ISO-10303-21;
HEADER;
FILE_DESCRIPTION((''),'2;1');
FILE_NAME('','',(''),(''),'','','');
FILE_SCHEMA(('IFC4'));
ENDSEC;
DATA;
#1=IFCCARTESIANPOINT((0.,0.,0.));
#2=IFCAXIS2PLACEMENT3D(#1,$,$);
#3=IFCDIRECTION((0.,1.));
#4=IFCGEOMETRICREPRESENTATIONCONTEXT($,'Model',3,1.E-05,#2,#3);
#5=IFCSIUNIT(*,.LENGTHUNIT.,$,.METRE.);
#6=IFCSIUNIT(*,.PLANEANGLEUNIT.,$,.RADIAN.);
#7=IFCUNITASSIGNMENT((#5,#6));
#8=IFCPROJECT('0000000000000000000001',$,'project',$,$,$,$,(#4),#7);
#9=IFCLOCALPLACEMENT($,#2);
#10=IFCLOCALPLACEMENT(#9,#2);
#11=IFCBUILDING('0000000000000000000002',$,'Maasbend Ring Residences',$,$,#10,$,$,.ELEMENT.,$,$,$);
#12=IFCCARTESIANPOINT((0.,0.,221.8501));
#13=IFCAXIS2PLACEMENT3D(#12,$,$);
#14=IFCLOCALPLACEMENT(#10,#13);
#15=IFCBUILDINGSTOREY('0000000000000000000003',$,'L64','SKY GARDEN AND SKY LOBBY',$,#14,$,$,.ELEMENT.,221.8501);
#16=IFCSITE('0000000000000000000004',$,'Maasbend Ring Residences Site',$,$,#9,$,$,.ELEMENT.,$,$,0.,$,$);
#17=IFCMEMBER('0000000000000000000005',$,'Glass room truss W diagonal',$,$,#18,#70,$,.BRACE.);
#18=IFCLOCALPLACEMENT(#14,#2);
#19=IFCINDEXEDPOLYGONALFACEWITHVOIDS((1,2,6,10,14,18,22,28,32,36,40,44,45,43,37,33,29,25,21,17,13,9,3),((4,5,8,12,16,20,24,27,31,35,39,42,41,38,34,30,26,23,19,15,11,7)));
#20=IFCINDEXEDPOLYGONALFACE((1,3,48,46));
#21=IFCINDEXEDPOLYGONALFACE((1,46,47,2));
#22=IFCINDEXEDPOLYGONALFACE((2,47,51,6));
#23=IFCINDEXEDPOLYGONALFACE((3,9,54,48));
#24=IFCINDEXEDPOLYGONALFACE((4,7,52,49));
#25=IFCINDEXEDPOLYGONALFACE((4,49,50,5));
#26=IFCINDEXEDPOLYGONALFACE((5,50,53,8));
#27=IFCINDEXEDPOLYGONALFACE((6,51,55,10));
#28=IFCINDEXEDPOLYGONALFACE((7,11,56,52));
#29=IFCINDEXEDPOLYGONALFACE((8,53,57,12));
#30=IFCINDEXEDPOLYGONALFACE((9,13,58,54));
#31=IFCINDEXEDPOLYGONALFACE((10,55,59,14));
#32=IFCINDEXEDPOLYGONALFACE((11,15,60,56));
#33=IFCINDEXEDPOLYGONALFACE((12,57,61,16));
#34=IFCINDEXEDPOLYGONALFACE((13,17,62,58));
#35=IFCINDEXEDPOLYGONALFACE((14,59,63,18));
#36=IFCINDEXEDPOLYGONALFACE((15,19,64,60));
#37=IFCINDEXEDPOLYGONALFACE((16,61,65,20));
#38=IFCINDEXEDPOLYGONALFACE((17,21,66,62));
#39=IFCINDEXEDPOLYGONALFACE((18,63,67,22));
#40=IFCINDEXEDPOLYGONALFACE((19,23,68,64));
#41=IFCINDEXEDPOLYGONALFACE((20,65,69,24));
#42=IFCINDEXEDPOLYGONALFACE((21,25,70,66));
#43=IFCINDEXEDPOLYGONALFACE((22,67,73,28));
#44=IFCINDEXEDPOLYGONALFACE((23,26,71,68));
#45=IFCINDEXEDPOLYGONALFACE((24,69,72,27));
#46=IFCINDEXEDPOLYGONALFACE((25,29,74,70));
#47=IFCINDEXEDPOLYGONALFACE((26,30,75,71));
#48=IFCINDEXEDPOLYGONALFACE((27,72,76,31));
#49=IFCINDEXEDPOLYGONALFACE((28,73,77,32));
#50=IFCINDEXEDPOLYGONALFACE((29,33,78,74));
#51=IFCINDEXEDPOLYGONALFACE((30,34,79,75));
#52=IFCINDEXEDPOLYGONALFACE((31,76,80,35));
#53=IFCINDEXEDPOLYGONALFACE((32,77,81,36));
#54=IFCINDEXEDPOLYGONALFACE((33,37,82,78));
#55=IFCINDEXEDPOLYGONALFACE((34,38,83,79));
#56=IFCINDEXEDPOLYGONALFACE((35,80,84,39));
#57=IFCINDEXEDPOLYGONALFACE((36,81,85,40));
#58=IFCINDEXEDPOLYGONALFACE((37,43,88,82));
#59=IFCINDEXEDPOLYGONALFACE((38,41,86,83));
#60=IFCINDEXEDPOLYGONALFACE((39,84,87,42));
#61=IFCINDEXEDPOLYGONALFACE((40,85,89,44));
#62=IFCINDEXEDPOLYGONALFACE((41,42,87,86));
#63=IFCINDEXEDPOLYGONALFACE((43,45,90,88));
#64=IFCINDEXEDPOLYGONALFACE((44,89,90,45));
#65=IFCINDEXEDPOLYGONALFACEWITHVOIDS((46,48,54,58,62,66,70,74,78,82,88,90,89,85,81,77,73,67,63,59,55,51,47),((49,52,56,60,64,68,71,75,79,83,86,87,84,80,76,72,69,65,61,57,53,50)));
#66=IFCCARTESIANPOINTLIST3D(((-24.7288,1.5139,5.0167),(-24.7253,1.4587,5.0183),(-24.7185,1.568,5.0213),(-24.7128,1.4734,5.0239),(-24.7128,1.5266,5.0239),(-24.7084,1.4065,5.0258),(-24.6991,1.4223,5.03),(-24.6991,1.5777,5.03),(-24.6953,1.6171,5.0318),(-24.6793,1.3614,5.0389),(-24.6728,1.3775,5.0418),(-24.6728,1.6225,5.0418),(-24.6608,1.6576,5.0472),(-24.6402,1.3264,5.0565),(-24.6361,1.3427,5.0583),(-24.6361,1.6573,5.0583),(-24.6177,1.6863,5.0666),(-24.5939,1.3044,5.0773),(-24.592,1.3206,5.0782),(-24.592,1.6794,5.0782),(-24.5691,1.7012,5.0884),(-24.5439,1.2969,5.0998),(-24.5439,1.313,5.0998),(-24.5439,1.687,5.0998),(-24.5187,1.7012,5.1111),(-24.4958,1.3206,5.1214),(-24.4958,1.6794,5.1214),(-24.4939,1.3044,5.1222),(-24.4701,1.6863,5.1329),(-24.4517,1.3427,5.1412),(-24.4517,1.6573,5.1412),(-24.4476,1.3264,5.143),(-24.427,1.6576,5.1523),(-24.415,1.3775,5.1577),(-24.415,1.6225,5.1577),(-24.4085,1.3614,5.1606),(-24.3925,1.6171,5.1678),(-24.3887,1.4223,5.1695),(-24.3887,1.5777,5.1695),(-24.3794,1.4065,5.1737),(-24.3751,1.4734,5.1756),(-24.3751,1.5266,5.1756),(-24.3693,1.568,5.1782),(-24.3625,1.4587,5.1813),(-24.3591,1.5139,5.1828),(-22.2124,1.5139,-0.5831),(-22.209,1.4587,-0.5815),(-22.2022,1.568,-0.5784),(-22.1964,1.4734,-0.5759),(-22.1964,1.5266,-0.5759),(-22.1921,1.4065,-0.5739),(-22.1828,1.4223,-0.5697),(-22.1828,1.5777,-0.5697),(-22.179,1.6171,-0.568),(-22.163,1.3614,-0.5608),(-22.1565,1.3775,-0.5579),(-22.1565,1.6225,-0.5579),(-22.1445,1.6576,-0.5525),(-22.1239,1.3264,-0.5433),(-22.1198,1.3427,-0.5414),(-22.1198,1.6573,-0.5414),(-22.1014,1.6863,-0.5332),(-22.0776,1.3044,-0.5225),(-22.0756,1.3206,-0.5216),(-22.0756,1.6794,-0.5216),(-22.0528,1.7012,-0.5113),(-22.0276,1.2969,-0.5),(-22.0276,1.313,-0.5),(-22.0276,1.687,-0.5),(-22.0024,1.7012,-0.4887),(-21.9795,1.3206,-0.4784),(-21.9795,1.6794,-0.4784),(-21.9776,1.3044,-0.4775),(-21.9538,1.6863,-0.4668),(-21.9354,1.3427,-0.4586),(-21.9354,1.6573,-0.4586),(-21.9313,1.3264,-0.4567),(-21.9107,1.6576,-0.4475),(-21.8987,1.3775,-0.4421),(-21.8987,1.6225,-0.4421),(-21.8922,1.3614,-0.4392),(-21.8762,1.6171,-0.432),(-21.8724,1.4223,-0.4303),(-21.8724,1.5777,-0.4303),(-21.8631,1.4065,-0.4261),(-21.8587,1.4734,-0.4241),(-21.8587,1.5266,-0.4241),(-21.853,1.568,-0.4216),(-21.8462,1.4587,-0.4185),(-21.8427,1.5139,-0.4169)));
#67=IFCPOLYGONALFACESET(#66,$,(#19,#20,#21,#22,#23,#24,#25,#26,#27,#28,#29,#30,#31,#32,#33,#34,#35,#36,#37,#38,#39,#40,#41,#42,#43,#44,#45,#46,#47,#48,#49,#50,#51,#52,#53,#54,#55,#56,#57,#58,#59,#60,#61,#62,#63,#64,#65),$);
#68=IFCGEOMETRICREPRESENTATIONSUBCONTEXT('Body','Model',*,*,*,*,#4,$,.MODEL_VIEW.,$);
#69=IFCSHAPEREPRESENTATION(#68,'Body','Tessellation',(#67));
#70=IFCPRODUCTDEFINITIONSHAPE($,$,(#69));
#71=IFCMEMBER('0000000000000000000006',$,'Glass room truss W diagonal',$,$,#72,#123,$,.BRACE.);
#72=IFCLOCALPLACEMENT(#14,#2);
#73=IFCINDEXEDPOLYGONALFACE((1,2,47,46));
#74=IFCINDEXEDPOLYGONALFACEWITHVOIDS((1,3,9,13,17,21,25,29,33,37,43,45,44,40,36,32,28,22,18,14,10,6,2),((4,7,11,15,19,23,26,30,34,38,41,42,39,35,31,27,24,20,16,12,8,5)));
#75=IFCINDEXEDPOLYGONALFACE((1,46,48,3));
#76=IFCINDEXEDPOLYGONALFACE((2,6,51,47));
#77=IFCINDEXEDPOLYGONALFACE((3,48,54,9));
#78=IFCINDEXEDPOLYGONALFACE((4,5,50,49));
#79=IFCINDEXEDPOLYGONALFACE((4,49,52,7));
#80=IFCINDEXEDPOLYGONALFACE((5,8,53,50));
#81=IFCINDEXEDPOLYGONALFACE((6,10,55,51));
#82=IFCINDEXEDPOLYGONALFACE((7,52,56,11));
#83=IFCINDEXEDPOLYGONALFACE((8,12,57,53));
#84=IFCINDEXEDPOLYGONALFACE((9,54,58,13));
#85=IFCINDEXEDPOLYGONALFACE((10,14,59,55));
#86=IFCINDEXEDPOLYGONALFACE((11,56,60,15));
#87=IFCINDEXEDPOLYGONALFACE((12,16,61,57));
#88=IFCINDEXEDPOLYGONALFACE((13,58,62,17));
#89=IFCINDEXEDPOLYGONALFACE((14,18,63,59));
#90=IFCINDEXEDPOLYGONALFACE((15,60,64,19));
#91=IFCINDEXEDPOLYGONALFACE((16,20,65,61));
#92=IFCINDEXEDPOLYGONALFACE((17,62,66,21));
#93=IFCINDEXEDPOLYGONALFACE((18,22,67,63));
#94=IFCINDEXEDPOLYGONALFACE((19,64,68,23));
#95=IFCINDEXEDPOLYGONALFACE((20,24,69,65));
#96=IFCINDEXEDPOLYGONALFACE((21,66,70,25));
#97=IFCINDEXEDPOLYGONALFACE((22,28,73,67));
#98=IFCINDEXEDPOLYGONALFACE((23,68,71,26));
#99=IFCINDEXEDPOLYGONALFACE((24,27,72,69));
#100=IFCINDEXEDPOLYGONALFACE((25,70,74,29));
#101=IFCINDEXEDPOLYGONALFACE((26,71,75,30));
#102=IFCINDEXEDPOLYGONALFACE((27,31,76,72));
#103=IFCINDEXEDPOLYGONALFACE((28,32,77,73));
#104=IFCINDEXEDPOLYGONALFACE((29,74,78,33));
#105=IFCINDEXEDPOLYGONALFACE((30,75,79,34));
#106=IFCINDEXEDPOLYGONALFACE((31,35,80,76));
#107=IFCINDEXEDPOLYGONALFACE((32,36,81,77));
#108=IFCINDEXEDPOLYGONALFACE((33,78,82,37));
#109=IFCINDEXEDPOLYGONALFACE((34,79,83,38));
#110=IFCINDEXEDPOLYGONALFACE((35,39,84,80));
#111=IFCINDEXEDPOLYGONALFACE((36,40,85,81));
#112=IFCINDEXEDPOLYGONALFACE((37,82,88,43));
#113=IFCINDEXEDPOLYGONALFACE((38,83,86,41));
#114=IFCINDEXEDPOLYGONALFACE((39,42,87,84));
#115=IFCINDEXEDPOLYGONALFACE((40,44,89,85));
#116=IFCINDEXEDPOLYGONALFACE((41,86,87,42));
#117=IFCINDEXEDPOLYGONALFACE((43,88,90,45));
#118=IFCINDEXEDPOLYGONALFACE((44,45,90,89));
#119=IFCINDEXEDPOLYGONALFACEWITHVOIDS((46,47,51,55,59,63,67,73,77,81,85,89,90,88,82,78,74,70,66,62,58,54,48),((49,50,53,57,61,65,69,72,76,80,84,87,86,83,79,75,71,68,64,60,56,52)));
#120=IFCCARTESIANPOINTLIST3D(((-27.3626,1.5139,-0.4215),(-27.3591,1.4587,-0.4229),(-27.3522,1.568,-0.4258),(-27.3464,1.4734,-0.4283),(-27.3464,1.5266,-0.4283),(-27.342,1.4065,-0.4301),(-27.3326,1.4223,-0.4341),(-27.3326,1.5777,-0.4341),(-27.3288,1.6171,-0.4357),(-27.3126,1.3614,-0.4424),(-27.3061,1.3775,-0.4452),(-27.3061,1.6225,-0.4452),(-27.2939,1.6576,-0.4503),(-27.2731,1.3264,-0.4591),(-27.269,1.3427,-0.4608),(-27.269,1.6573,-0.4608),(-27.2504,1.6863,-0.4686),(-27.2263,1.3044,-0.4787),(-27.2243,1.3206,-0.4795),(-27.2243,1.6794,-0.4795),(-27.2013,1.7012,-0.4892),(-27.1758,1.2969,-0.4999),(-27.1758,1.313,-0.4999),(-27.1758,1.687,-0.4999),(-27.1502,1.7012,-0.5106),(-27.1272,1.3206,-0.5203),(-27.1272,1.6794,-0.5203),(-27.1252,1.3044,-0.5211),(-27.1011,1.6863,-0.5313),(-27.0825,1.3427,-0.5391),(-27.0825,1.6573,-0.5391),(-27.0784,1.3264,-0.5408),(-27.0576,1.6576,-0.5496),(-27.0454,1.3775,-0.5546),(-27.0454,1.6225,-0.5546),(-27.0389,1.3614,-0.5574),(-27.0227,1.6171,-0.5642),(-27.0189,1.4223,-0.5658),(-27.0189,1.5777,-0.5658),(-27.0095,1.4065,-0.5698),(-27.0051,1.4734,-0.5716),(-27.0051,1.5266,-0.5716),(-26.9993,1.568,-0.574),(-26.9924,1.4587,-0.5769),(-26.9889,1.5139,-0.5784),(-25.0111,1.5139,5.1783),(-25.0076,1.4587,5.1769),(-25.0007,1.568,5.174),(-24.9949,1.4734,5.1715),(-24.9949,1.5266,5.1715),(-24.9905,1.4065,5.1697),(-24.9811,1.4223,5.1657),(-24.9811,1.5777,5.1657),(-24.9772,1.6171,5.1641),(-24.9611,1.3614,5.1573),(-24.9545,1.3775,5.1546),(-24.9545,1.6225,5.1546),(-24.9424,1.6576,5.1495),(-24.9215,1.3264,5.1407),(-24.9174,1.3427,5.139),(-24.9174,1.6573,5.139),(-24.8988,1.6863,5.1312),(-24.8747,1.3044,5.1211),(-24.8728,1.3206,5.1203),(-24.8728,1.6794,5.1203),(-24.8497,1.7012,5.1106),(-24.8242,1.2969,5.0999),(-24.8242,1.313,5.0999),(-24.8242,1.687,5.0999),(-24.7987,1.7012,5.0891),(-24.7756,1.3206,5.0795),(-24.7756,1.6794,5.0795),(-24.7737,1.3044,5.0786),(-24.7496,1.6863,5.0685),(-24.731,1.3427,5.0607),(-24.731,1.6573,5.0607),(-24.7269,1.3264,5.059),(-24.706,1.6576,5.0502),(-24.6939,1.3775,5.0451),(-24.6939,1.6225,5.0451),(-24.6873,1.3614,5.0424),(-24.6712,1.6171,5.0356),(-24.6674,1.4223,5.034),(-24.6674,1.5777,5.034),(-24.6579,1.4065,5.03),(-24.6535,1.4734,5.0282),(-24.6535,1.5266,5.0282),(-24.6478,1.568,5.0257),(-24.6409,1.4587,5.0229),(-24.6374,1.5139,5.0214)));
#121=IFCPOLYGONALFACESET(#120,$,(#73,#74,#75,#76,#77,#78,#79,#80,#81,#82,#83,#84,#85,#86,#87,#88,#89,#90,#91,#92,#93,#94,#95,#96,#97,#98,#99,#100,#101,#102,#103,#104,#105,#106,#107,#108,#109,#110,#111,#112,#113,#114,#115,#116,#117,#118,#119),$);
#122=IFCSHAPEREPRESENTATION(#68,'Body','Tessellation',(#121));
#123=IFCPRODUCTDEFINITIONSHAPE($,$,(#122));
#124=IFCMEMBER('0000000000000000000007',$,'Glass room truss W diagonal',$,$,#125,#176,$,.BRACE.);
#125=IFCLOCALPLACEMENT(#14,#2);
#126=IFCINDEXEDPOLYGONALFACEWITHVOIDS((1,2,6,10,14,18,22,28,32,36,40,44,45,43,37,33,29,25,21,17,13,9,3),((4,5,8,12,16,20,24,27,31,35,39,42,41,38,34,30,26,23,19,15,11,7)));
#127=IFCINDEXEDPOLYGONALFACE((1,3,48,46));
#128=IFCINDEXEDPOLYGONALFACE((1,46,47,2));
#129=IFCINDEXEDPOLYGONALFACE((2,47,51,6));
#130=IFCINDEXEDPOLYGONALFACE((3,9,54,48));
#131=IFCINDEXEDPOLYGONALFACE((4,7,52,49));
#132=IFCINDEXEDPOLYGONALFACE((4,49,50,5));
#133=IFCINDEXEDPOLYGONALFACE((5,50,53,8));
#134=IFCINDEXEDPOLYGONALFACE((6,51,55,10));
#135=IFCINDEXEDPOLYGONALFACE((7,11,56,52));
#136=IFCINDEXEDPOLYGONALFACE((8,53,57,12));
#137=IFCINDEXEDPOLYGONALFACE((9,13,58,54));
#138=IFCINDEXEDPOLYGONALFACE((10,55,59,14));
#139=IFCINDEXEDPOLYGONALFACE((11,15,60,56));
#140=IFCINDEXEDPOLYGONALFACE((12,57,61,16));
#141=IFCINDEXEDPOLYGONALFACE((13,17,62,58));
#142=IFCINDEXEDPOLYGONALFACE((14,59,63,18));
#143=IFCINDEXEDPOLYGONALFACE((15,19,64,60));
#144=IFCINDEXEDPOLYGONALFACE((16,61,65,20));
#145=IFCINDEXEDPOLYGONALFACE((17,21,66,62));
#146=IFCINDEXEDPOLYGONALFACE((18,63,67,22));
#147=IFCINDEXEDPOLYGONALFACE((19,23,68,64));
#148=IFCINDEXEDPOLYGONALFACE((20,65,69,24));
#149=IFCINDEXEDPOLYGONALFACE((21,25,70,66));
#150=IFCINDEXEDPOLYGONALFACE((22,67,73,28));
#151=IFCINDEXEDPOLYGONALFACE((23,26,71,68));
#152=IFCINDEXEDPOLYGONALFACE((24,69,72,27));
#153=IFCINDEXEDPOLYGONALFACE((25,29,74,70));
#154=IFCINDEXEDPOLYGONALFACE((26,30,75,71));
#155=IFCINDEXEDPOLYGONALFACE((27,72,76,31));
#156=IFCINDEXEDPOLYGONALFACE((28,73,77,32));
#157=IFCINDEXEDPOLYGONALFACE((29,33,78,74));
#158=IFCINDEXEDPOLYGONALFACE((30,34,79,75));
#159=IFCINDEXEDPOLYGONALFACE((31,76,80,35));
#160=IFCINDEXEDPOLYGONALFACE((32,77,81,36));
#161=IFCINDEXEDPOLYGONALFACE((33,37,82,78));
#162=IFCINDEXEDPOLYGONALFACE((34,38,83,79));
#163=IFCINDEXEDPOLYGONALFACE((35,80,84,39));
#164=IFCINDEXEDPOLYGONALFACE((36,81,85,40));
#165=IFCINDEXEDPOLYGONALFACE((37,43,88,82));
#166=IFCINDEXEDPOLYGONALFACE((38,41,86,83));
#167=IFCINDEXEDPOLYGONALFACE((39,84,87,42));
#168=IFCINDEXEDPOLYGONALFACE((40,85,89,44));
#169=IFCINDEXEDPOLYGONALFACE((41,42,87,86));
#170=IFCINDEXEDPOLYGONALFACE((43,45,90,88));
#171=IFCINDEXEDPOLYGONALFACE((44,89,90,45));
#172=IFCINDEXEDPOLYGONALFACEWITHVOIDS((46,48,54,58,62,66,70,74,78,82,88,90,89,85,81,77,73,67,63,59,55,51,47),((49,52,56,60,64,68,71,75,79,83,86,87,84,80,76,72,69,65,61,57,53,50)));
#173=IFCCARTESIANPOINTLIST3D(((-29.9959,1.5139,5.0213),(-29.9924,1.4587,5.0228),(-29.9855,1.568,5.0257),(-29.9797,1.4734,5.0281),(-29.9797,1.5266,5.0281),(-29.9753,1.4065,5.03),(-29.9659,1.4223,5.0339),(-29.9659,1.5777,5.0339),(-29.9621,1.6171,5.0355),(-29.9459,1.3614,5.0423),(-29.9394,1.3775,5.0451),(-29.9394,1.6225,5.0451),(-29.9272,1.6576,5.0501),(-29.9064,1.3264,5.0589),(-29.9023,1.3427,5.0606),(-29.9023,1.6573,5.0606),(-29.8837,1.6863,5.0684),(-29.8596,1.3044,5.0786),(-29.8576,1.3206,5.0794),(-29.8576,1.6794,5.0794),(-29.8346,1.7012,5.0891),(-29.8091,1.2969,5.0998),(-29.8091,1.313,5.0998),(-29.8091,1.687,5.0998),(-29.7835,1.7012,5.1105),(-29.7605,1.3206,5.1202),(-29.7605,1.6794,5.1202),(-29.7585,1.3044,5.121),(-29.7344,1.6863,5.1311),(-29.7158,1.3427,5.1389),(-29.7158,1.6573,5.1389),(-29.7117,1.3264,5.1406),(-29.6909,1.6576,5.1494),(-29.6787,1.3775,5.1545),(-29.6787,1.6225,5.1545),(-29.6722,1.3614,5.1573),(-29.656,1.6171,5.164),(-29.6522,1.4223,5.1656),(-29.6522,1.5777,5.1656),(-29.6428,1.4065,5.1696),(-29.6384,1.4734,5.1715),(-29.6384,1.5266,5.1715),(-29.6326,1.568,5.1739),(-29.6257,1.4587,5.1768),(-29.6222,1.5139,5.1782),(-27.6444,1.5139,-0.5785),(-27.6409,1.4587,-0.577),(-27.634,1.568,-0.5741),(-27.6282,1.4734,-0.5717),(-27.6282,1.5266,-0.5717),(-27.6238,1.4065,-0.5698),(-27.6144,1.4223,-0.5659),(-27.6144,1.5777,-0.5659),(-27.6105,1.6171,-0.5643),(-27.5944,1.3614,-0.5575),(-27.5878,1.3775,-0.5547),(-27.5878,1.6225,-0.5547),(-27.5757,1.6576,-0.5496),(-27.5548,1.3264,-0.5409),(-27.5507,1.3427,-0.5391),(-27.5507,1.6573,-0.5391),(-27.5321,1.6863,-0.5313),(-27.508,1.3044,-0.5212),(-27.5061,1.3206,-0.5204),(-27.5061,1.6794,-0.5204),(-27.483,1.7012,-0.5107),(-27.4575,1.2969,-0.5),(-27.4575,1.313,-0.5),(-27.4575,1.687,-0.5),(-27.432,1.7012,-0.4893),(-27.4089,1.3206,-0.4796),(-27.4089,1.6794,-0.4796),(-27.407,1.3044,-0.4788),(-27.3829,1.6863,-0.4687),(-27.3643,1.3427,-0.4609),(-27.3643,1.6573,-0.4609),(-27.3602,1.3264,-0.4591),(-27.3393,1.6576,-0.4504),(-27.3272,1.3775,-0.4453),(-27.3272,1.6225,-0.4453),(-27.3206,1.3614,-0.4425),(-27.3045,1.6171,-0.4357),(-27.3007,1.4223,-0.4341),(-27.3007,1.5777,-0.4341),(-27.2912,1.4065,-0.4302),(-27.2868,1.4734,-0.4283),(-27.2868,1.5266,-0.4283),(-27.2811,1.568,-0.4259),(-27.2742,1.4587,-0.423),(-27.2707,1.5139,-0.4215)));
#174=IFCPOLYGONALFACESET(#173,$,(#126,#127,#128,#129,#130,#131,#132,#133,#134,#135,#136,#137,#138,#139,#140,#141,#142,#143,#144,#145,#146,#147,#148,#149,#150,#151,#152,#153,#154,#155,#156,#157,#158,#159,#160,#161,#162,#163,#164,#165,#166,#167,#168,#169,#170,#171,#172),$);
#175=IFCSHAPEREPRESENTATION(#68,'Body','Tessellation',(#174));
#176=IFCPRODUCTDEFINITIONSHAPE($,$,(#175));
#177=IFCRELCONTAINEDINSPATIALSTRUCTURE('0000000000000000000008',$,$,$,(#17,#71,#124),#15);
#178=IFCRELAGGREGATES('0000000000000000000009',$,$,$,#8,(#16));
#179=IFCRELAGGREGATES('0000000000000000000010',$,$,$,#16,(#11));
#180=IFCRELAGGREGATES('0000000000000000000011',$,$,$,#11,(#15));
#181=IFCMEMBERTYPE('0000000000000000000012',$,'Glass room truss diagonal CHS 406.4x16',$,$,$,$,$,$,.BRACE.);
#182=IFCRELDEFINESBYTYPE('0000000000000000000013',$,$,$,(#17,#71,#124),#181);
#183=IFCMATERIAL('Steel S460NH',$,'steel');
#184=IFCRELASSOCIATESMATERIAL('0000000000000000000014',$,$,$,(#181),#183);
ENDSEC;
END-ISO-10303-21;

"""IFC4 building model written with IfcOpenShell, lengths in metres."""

from ifc_helpers import new_model, si_unit, direction, frame, origin, origin_2d, place, context, subcontext, project, spatial, hollow_circle, extrude, material, material_profile, profile_set, type_object, element, save


model = new_model("IFC4")

# Units and contexts
model_context = context("Model", 3, precision=1e-05, world=origin(), true_north=direction((0.0, 1.0)))
body_context = subcontext(model_context, "Body", "Model", "MODEL_VIEW")
ifc_project = project(units=[si_unit("LENGTHUNIT", "METRE"), si_unit("PLANEANGLEUNIT", "RADIAN")], contexts=[model_context])

# Site, building, storey
site_placement = place(None, origin())
site = spatial("IfcSite", under=ifc_project, at=site_placement, Name="Maasbend Ring Residences Site", CompositionType="ELEMENT", RefElevation=0.0)
building_placement = place(site_placement, origin())
building = spatial("IfcBuilding", under=site, at=building_placement, Name="Maasbend Ring Residences", CompositionType="ELEMENT")
storey_placement = place(building_placement, frame((0.0, 0.0, 221.8501)))
storey = spatial("IfcBuildingStorey", under=building, at=storey_placement, Name="L64", Description="SKY GARDEN AND SKY LOBBY", CompositionType="ELEMENT", Elevation=221.8501)

# Members
ifc_material_1 = material(Name="Steel S460NH", Category="steel")
ifc_material_profile_1 = material_profile(ifc_material_1, hollow_circle(Radius=0.2031, WallThickness=0.0161, at=origin_2d()), Name="Glass room truss diagonal CHS 406.4x16")
ifc_profile_set_1 = profile_set([ifc_material_profile_1], Name="Steel S460NH")
member_type_1 = type_object("IfcMemberType", Name="Glass room truss diagonal CHS 406.4x16", PredefinedType="BRACE", material=ifc_profile_set_1)
member_1_placement = place(storey_placement, frame((-22.0276, 1.5, -0.5), z_axis=(-0.40988, 0.0, 0.912139), x_axis=(0.0, -1.0, 0.0)))
element("IfcMember", 1, at=member_1_placement, inside=storey, type_object=member_type_1, Name="Glass room truss W diagonal", PredefinedType="BRACE", context=body_context, shape_type="SweptSolid", body=[
    extrude(hollow_circle(Radius=0.2031, WallThickness=0.0161, at=origin_2d()), origin(), (0.0, 0.0, 1.0), 6.1392),
])
for number, where, z_axis, x_axis, name in (
    (2, (-24.8242, 1.5, 5.0999), (-0.38718, 0.0, -0.922004), (0.0, -1.0, 0.0), "Glass room truss W diagonal"),
    (3, (-27.4575, 1.5, -0.5), (-0.38718, 0.0, 0.922004), (0.0, -1.0, 0.0), "Glass room truss W diagonal"),
):
    element("IfcMember", number, at=place(storey_placement, frame(where, z_axis=z_axis, x_axis=x_axis)), inside=storey, type_object=member_type_1, Name=name, PredefinedType="BRACE", context=body_context, shape_type="SweptSolid", body=[
        extrude(hollow_circle(Radius=0.2031, WallThickness=0.0161, at=origin_2d()), origin(), (0.0, 0.0, 1.0), 6.0735),
    ])

save(model, "model.ifc")
